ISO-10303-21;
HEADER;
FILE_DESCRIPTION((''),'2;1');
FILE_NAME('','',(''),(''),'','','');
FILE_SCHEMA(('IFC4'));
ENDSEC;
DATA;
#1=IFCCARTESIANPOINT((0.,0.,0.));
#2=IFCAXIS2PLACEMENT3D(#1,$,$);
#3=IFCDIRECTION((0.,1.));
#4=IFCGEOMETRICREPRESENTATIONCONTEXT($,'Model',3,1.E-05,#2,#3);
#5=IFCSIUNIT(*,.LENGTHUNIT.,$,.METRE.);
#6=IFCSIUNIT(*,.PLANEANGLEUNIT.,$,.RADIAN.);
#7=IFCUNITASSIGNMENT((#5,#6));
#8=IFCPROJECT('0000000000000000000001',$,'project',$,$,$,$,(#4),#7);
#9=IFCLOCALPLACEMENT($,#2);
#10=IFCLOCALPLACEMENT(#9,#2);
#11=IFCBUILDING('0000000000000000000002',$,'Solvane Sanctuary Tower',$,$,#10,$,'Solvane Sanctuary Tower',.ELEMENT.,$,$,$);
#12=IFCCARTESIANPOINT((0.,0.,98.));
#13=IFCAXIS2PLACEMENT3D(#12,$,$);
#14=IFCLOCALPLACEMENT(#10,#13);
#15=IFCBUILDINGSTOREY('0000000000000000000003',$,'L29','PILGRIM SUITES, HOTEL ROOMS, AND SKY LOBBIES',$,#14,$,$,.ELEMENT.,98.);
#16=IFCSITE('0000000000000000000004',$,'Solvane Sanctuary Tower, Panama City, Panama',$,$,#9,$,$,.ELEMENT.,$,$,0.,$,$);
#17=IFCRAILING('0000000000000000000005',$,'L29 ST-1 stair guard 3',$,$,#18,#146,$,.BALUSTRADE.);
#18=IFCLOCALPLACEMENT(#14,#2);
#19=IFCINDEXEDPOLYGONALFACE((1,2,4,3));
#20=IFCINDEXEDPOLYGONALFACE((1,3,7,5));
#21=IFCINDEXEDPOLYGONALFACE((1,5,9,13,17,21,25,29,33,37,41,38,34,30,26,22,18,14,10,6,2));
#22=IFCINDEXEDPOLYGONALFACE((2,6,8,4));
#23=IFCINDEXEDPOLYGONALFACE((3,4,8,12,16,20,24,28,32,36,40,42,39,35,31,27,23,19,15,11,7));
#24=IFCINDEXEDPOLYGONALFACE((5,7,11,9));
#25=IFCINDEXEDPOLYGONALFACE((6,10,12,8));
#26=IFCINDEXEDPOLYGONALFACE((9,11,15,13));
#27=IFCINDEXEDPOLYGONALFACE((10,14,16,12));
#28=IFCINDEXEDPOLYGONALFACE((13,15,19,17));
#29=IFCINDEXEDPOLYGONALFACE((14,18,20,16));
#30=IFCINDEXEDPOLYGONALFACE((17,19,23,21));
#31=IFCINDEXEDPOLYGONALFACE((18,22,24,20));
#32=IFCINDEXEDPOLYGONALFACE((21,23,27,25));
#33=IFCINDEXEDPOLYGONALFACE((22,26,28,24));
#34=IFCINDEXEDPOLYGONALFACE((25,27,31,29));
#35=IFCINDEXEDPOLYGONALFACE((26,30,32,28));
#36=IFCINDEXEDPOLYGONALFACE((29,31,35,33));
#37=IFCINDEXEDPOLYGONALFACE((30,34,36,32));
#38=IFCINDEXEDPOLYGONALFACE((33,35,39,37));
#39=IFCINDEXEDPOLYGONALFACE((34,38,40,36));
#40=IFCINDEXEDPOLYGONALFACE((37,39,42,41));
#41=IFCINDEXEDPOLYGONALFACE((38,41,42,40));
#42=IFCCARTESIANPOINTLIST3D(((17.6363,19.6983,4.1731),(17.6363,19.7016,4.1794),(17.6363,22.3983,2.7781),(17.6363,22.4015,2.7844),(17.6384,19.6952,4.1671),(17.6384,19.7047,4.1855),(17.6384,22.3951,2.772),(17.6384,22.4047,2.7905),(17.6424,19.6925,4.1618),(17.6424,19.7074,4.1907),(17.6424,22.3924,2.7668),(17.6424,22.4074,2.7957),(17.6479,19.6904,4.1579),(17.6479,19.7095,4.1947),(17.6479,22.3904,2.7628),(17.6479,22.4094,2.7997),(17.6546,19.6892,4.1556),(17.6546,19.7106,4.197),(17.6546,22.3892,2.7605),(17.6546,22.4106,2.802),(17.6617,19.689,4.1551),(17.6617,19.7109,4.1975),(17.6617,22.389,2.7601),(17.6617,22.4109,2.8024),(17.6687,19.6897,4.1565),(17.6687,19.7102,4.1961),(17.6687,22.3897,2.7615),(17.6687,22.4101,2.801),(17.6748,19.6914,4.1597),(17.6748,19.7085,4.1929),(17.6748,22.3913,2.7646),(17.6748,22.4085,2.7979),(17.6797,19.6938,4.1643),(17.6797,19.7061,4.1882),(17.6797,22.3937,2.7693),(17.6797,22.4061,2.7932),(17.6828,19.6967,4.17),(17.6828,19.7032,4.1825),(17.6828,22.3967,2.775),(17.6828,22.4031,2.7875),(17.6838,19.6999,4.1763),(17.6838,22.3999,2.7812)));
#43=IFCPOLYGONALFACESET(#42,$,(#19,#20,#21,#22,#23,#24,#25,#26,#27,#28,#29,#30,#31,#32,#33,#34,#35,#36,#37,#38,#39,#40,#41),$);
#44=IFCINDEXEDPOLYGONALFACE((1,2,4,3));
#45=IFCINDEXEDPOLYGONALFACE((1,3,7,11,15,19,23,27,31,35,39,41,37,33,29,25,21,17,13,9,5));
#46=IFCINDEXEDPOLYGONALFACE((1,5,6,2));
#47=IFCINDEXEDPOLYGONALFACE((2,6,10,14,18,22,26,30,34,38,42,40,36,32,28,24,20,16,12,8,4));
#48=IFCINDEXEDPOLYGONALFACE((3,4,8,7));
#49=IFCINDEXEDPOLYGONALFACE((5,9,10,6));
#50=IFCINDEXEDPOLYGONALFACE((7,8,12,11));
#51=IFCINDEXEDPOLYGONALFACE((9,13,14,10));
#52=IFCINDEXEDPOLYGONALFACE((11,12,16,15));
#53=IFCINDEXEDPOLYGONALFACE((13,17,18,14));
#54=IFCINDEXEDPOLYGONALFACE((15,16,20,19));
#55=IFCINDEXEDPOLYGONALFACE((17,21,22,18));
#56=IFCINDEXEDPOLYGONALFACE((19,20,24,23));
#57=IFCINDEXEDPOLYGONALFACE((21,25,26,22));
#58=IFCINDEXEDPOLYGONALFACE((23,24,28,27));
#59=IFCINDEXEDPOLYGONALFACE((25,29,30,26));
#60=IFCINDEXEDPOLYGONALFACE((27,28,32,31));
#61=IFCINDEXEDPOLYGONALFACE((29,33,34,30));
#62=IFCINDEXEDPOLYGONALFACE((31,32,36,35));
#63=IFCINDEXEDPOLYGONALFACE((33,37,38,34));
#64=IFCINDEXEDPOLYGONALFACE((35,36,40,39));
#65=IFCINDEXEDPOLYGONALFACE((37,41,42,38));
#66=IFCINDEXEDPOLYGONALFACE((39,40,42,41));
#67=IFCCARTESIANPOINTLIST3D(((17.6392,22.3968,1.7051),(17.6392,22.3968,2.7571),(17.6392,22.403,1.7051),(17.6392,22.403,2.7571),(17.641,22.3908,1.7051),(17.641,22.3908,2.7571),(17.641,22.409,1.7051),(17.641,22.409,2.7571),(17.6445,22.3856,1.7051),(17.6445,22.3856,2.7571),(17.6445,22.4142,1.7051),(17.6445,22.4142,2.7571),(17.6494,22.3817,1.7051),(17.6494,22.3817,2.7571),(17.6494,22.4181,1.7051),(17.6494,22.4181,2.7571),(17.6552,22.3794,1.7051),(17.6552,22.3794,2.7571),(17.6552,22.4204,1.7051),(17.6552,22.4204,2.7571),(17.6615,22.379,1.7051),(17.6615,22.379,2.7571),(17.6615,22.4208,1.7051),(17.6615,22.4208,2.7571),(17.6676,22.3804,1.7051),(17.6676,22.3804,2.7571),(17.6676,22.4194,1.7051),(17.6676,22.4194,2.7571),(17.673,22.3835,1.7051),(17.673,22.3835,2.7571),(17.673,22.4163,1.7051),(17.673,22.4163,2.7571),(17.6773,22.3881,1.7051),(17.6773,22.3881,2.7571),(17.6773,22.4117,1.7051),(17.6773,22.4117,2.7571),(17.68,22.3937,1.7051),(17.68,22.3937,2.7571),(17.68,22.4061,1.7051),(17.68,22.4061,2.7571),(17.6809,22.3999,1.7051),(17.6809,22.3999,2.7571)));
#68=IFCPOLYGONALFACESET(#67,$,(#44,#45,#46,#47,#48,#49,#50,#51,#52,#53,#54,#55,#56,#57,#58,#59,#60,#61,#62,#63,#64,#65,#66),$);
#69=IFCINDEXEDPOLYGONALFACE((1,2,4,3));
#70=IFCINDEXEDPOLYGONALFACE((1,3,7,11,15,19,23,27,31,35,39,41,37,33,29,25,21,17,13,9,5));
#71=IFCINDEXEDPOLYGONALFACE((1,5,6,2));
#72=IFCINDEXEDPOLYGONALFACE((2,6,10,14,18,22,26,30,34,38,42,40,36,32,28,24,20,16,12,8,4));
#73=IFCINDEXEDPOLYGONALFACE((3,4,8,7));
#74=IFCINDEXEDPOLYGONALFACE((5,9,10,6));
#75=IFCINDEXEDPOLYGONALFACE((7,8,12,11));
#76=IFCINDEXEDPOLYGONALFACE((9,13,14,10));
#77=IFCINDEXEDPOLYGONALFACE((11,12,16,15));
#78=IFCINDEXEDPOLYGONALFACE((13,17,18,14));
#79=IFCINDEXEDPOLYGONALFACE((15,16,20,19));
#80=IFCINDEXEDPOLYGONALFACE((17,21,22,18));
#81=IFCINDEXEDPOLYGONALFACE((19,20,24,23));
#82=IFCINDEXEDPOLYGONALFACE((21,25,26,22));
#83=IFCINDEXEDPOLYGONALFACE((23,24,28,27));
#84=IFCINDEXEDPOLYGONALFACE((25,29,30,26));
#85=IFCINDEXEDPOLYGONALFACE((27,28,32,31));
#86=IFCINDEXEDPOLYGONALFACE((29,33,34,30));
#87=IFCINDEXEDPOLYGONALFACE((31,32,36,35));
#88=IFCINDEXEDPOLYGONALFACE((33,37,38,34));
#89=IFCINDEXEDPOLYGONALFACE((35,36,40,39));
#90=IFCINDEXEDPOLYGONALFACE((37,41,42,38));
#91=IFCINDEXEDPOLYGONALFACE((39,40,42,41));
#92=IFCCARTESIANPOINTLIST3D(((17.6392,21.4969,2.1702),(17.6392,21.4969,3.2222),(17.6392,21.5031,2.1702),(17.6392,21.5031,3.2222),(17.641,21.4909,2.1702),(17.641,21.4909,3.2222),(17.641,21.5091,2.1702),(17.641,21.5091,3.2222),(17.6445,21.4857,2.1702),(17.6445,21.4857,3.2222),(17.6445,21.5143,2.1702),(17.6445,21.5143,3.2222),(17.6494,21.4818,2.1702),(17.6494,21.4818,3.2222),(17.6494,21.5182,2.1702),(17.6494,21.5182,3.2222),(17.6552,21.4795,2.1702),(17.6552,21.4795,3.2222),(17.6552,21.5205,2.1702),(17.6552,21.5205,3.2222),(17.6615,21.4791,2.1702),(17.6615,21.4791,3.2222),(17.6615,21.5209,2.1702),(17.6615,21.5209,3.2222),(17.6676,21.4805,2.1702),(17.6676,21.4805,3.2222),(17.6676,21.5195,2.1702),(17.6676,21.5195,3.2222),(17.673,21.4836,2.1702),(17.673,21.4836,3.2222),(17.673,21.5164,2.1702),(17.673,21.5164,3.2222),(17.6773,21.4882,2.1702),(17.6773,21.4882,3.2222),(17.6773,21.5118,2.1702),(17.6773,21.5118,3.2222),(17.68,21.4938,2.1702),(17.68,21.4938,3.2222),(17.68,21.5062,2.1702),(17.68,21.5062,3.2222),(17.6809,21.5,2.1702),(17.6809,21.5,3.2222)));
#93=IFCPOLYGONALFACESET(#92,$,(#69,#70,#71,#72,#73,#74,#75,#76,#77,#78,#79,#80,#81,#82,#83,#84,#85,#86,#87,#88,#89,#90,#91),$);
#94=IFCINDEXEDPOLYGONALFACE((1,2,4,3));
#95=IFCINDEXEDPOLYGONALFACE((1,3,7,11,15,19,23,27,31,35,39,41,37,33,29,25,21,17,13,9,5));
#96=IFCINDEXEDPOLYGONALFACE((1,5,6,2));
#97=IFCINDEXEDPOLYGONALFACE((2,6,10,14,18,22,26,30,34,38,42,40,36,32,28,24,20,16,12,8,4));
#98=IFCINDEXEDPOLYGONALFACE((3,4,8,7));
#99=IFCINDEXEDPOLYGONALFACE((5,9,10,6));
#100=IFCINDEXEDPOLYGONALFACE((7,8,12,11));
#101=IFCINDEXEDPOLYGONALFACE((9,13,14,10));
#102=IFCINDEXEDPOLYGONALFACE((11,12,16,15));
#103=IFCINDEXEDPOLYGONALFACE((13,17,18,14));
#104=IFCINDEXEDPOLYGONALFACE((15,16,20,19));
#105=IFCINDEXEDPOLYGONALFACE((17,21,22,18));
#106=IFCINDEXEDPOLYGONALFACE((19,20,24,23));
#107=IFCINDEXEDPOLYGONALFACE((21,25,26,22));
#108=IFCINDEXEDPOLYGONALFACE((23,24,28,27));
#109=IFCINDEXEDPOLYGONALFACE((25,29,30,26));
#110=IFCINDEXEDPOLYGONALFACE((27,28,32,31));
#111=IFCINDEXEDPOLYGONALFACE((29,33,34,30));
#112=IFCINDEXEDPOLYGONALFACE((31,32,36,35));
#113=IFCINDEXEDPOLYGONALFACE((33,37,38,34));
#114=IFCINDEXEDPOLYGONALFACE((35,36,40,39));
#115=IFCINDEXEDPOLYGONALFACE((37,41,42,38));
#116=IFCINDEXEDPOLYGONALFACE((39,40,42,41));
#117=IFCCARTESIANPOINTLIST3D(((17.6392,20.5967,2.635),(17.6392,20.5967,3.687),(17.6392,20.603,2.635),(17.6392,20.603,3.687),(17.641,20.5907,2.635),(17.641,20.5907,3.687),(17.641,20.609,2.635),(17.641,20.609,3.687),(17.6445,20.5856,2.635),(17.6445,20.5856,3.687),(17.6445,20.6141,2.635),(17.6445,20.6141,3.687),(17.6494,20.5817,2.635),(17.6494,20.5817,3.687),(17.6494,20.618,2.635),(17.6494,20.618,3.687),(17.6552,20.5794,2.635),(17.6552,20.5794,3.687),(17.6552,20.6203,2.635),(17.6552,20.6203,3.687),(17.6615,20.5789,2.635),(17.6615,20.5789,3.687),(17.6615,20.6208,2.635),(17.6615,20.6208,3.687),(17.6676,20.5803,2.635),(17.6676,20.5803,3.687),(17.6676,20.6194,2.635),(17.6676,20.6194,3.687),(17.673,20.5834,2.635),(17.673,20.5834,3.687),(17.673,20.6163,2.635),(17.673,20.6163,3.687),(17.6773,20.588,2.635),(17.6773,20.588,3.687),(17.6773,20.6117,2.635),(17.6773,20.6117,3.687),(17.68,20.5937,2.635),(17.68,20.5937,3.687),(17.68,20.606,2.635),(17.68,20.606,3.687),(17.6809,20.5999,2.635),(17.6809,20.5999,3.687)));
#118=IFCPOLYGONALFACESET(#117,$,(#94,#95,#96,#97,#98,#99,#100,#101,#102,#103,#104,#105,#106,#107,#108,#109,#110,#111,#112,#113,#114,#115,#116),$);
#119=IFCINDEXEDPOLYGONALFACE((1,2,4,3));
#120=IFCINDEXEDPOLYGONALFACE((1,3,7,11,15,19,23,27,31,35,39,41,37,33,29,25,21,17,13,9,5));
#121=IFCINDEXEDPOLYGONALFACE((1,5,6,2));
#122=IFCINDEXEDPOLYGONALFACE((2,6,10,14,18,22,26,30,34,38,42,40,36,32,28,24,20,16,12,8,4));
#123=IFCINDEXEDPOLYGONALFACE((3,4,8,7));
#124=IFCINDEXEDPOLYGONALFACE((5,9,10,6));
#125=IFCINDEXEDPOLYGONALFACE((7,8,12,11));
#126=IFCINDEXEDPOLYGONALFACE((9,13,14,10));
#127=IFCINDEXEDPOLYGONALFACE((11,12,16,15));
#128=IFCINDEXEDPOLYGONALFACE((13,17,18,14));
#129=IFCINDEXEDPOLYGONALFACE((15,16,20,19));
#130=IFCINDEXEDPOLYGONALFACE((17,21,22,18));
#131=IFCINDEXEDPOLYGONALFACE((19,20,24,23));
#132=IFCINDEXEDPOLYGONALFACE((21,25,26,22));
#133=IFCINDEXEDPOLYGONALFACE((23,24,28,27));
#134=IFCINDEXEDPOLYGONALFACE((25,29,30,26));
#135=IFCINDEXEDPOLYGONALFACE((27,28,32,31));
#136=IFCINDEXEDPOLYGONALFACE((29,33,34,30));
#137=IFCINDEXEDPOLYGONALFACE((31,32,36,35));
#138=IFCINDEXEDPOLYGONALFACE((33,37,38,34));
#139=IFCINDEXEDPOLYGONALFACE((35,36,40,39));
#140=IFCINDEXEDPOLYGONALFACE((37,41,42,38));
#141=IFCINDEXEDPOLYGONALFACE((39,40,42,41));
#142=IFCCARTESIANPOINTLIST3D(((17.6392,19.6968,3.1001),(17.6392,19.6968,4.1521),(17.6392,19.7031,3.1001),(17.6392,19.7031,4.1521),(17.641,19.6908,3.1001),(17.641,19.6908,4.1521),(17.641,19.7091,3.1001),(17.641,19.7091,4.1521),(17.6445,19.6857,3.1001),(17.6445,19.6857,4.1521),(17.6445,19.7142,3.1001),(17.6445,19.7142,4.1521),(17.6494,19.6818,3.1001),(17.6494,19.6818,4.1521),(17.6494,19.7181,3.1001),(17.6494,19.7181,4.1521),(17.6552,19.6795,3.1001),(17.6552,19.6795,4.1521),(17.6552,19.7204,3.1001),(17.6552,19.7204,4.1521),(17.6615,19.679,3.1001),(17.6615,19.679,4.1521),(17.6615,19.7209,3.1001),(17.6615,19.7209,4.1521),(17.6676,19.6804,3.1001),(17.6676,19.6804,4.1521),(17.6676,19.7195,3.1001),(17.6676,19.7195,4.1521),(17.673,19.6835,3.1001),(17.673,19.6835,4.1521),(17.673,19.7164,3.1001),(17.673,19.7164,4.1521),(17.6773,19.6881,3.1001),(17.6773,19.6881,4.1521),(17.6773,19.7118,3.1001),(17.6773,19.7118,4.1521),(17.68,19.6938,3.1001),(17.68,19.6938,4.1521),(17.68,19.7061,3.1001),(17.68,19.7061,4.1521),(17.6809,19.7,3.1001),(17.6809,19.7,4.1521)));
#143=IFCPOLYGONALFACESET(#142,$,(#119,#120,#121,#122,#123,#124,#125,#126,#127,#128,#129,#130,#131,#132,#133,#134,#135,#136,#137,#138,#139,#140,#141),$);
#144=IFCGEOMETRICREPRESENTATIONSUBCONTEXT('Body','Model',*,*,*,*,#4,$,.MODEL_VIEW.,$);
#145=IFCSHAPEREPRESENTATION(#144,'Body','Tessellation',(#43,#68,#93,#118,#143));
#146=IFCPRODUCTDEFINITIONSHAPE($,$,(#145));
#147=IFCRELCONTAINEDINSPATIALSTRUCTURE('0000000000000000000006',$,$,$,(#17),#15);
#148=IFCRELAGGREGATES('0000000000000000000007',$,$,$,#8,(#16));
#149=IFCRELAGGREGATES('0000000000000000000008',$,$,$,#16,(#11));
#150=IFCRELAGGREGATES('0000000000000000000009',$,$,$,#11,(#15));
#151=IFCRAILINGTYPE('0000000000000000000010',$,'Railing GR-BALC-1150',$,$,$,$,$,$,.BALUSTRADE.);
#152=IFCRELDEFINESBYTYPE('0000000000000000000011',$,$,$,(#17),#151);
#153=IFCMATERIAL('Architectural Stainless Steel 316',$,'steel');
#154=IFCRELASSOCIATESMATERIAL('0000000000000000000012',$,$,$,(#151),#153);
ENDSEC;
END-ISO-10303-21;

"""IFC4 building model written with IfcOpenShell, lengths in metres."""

from ifc_helpers import new_model, si_unit, direction, frame, origin, origin_2d, place, context, subcontext, project, spatial, circle, extrude, material, type_object, element, save


model = new_model("IFC4")

# Units and contexts
model_context = context("Model", 3, precision=1e-05, world=origin(), true_north=direction((0.0, 1.0)))
body_context = subcontext(model_context, "Body", "Model", "MODEL_VIEW")
ifc_project = project(units=[si_unit("LENGTHUNIT", "METRE"), si_unit("PLANEANGLEUNIT", "RADIAN")], contexts=[model_context])

# Site, building, storey
site_placement = place(None, origin())
site = spatial("IfcSite", under=ifc_project, at=site_placement, Name="Solvane Sanctuary Tower, Panama City, Panama", CompositionType="ELEMENT", RefElevation=0.0)
building_placement = place(site_placement, origin())
building = spatial("IfcBuilding", under=site, at=building_placement, Name="Solvane Sanctuary Tower", LongName="Solvane Sanctuary Tower", CompositionType="ELEMENT")
storey_placement = place(building_placement, frame((0.0, 0.0, 98.0)))
storey = spatial("IfcBuildingStorey", under=building, at=storey_placement, Name="L29", Description="PILGRIM SUITES, HOTEL ROOMS, AND SKY LOBBIES", CompositionType="ELEMENT", Elevation=98.0)

# Railing
ifc_material_1 = material(Name="Architectural Stainless Steel 316", Category="steel")
railing_type_1 = type_object("IfcRailingType", Name="Railing GR-BALC-1150", PredefinedType="BALUSTRADE", material=ifc_material_1)
railing_1_placement = place(storey_placement, frame((17.6599, 22.3999, 1.7051)))
element("IfcRailing", 1, at=railing_1_placement, inside=storey, type_object=railing_type_1, Name="L29 ST-1 stair guard 3", PredefinedType="BALUSTRADE", context=body_context, shape_type="SweptSolid", body=[
    extrude(circle(Radius=0.0239, at=origin_2d()), frame((0.0, 0.0, 1.0762), z_axis=(0.0, -0.88842, 0.459032), x_axis=(1.0, 0.0, 0.0)), (0.0, 0.0, 1.0), 3.0391),
    extrude(circle(Radius=0.021, at=origin_2d()), origin(), (0.0, 0.0, 1.0), 1.052),
    extrude(circle(Radius=0.021, at=origin_2d()), frame((0.0, -0.8999, 0.4651)), (0.0, 0.0, 1.0), 1.052),
    extrude(circle(Radius=0.021, at=origin_2d()), frame((0.0, -1.8, 0.9299)), (0.0, 0.0, 1.0), 1.052),
    extrude(circle(Radius=0.021, at=origin_2d()), frame((0.0, -2.7, 1.395)), (0.0, 0.0, 1.0), 1.052),
])

save(model, "model.ifc")
